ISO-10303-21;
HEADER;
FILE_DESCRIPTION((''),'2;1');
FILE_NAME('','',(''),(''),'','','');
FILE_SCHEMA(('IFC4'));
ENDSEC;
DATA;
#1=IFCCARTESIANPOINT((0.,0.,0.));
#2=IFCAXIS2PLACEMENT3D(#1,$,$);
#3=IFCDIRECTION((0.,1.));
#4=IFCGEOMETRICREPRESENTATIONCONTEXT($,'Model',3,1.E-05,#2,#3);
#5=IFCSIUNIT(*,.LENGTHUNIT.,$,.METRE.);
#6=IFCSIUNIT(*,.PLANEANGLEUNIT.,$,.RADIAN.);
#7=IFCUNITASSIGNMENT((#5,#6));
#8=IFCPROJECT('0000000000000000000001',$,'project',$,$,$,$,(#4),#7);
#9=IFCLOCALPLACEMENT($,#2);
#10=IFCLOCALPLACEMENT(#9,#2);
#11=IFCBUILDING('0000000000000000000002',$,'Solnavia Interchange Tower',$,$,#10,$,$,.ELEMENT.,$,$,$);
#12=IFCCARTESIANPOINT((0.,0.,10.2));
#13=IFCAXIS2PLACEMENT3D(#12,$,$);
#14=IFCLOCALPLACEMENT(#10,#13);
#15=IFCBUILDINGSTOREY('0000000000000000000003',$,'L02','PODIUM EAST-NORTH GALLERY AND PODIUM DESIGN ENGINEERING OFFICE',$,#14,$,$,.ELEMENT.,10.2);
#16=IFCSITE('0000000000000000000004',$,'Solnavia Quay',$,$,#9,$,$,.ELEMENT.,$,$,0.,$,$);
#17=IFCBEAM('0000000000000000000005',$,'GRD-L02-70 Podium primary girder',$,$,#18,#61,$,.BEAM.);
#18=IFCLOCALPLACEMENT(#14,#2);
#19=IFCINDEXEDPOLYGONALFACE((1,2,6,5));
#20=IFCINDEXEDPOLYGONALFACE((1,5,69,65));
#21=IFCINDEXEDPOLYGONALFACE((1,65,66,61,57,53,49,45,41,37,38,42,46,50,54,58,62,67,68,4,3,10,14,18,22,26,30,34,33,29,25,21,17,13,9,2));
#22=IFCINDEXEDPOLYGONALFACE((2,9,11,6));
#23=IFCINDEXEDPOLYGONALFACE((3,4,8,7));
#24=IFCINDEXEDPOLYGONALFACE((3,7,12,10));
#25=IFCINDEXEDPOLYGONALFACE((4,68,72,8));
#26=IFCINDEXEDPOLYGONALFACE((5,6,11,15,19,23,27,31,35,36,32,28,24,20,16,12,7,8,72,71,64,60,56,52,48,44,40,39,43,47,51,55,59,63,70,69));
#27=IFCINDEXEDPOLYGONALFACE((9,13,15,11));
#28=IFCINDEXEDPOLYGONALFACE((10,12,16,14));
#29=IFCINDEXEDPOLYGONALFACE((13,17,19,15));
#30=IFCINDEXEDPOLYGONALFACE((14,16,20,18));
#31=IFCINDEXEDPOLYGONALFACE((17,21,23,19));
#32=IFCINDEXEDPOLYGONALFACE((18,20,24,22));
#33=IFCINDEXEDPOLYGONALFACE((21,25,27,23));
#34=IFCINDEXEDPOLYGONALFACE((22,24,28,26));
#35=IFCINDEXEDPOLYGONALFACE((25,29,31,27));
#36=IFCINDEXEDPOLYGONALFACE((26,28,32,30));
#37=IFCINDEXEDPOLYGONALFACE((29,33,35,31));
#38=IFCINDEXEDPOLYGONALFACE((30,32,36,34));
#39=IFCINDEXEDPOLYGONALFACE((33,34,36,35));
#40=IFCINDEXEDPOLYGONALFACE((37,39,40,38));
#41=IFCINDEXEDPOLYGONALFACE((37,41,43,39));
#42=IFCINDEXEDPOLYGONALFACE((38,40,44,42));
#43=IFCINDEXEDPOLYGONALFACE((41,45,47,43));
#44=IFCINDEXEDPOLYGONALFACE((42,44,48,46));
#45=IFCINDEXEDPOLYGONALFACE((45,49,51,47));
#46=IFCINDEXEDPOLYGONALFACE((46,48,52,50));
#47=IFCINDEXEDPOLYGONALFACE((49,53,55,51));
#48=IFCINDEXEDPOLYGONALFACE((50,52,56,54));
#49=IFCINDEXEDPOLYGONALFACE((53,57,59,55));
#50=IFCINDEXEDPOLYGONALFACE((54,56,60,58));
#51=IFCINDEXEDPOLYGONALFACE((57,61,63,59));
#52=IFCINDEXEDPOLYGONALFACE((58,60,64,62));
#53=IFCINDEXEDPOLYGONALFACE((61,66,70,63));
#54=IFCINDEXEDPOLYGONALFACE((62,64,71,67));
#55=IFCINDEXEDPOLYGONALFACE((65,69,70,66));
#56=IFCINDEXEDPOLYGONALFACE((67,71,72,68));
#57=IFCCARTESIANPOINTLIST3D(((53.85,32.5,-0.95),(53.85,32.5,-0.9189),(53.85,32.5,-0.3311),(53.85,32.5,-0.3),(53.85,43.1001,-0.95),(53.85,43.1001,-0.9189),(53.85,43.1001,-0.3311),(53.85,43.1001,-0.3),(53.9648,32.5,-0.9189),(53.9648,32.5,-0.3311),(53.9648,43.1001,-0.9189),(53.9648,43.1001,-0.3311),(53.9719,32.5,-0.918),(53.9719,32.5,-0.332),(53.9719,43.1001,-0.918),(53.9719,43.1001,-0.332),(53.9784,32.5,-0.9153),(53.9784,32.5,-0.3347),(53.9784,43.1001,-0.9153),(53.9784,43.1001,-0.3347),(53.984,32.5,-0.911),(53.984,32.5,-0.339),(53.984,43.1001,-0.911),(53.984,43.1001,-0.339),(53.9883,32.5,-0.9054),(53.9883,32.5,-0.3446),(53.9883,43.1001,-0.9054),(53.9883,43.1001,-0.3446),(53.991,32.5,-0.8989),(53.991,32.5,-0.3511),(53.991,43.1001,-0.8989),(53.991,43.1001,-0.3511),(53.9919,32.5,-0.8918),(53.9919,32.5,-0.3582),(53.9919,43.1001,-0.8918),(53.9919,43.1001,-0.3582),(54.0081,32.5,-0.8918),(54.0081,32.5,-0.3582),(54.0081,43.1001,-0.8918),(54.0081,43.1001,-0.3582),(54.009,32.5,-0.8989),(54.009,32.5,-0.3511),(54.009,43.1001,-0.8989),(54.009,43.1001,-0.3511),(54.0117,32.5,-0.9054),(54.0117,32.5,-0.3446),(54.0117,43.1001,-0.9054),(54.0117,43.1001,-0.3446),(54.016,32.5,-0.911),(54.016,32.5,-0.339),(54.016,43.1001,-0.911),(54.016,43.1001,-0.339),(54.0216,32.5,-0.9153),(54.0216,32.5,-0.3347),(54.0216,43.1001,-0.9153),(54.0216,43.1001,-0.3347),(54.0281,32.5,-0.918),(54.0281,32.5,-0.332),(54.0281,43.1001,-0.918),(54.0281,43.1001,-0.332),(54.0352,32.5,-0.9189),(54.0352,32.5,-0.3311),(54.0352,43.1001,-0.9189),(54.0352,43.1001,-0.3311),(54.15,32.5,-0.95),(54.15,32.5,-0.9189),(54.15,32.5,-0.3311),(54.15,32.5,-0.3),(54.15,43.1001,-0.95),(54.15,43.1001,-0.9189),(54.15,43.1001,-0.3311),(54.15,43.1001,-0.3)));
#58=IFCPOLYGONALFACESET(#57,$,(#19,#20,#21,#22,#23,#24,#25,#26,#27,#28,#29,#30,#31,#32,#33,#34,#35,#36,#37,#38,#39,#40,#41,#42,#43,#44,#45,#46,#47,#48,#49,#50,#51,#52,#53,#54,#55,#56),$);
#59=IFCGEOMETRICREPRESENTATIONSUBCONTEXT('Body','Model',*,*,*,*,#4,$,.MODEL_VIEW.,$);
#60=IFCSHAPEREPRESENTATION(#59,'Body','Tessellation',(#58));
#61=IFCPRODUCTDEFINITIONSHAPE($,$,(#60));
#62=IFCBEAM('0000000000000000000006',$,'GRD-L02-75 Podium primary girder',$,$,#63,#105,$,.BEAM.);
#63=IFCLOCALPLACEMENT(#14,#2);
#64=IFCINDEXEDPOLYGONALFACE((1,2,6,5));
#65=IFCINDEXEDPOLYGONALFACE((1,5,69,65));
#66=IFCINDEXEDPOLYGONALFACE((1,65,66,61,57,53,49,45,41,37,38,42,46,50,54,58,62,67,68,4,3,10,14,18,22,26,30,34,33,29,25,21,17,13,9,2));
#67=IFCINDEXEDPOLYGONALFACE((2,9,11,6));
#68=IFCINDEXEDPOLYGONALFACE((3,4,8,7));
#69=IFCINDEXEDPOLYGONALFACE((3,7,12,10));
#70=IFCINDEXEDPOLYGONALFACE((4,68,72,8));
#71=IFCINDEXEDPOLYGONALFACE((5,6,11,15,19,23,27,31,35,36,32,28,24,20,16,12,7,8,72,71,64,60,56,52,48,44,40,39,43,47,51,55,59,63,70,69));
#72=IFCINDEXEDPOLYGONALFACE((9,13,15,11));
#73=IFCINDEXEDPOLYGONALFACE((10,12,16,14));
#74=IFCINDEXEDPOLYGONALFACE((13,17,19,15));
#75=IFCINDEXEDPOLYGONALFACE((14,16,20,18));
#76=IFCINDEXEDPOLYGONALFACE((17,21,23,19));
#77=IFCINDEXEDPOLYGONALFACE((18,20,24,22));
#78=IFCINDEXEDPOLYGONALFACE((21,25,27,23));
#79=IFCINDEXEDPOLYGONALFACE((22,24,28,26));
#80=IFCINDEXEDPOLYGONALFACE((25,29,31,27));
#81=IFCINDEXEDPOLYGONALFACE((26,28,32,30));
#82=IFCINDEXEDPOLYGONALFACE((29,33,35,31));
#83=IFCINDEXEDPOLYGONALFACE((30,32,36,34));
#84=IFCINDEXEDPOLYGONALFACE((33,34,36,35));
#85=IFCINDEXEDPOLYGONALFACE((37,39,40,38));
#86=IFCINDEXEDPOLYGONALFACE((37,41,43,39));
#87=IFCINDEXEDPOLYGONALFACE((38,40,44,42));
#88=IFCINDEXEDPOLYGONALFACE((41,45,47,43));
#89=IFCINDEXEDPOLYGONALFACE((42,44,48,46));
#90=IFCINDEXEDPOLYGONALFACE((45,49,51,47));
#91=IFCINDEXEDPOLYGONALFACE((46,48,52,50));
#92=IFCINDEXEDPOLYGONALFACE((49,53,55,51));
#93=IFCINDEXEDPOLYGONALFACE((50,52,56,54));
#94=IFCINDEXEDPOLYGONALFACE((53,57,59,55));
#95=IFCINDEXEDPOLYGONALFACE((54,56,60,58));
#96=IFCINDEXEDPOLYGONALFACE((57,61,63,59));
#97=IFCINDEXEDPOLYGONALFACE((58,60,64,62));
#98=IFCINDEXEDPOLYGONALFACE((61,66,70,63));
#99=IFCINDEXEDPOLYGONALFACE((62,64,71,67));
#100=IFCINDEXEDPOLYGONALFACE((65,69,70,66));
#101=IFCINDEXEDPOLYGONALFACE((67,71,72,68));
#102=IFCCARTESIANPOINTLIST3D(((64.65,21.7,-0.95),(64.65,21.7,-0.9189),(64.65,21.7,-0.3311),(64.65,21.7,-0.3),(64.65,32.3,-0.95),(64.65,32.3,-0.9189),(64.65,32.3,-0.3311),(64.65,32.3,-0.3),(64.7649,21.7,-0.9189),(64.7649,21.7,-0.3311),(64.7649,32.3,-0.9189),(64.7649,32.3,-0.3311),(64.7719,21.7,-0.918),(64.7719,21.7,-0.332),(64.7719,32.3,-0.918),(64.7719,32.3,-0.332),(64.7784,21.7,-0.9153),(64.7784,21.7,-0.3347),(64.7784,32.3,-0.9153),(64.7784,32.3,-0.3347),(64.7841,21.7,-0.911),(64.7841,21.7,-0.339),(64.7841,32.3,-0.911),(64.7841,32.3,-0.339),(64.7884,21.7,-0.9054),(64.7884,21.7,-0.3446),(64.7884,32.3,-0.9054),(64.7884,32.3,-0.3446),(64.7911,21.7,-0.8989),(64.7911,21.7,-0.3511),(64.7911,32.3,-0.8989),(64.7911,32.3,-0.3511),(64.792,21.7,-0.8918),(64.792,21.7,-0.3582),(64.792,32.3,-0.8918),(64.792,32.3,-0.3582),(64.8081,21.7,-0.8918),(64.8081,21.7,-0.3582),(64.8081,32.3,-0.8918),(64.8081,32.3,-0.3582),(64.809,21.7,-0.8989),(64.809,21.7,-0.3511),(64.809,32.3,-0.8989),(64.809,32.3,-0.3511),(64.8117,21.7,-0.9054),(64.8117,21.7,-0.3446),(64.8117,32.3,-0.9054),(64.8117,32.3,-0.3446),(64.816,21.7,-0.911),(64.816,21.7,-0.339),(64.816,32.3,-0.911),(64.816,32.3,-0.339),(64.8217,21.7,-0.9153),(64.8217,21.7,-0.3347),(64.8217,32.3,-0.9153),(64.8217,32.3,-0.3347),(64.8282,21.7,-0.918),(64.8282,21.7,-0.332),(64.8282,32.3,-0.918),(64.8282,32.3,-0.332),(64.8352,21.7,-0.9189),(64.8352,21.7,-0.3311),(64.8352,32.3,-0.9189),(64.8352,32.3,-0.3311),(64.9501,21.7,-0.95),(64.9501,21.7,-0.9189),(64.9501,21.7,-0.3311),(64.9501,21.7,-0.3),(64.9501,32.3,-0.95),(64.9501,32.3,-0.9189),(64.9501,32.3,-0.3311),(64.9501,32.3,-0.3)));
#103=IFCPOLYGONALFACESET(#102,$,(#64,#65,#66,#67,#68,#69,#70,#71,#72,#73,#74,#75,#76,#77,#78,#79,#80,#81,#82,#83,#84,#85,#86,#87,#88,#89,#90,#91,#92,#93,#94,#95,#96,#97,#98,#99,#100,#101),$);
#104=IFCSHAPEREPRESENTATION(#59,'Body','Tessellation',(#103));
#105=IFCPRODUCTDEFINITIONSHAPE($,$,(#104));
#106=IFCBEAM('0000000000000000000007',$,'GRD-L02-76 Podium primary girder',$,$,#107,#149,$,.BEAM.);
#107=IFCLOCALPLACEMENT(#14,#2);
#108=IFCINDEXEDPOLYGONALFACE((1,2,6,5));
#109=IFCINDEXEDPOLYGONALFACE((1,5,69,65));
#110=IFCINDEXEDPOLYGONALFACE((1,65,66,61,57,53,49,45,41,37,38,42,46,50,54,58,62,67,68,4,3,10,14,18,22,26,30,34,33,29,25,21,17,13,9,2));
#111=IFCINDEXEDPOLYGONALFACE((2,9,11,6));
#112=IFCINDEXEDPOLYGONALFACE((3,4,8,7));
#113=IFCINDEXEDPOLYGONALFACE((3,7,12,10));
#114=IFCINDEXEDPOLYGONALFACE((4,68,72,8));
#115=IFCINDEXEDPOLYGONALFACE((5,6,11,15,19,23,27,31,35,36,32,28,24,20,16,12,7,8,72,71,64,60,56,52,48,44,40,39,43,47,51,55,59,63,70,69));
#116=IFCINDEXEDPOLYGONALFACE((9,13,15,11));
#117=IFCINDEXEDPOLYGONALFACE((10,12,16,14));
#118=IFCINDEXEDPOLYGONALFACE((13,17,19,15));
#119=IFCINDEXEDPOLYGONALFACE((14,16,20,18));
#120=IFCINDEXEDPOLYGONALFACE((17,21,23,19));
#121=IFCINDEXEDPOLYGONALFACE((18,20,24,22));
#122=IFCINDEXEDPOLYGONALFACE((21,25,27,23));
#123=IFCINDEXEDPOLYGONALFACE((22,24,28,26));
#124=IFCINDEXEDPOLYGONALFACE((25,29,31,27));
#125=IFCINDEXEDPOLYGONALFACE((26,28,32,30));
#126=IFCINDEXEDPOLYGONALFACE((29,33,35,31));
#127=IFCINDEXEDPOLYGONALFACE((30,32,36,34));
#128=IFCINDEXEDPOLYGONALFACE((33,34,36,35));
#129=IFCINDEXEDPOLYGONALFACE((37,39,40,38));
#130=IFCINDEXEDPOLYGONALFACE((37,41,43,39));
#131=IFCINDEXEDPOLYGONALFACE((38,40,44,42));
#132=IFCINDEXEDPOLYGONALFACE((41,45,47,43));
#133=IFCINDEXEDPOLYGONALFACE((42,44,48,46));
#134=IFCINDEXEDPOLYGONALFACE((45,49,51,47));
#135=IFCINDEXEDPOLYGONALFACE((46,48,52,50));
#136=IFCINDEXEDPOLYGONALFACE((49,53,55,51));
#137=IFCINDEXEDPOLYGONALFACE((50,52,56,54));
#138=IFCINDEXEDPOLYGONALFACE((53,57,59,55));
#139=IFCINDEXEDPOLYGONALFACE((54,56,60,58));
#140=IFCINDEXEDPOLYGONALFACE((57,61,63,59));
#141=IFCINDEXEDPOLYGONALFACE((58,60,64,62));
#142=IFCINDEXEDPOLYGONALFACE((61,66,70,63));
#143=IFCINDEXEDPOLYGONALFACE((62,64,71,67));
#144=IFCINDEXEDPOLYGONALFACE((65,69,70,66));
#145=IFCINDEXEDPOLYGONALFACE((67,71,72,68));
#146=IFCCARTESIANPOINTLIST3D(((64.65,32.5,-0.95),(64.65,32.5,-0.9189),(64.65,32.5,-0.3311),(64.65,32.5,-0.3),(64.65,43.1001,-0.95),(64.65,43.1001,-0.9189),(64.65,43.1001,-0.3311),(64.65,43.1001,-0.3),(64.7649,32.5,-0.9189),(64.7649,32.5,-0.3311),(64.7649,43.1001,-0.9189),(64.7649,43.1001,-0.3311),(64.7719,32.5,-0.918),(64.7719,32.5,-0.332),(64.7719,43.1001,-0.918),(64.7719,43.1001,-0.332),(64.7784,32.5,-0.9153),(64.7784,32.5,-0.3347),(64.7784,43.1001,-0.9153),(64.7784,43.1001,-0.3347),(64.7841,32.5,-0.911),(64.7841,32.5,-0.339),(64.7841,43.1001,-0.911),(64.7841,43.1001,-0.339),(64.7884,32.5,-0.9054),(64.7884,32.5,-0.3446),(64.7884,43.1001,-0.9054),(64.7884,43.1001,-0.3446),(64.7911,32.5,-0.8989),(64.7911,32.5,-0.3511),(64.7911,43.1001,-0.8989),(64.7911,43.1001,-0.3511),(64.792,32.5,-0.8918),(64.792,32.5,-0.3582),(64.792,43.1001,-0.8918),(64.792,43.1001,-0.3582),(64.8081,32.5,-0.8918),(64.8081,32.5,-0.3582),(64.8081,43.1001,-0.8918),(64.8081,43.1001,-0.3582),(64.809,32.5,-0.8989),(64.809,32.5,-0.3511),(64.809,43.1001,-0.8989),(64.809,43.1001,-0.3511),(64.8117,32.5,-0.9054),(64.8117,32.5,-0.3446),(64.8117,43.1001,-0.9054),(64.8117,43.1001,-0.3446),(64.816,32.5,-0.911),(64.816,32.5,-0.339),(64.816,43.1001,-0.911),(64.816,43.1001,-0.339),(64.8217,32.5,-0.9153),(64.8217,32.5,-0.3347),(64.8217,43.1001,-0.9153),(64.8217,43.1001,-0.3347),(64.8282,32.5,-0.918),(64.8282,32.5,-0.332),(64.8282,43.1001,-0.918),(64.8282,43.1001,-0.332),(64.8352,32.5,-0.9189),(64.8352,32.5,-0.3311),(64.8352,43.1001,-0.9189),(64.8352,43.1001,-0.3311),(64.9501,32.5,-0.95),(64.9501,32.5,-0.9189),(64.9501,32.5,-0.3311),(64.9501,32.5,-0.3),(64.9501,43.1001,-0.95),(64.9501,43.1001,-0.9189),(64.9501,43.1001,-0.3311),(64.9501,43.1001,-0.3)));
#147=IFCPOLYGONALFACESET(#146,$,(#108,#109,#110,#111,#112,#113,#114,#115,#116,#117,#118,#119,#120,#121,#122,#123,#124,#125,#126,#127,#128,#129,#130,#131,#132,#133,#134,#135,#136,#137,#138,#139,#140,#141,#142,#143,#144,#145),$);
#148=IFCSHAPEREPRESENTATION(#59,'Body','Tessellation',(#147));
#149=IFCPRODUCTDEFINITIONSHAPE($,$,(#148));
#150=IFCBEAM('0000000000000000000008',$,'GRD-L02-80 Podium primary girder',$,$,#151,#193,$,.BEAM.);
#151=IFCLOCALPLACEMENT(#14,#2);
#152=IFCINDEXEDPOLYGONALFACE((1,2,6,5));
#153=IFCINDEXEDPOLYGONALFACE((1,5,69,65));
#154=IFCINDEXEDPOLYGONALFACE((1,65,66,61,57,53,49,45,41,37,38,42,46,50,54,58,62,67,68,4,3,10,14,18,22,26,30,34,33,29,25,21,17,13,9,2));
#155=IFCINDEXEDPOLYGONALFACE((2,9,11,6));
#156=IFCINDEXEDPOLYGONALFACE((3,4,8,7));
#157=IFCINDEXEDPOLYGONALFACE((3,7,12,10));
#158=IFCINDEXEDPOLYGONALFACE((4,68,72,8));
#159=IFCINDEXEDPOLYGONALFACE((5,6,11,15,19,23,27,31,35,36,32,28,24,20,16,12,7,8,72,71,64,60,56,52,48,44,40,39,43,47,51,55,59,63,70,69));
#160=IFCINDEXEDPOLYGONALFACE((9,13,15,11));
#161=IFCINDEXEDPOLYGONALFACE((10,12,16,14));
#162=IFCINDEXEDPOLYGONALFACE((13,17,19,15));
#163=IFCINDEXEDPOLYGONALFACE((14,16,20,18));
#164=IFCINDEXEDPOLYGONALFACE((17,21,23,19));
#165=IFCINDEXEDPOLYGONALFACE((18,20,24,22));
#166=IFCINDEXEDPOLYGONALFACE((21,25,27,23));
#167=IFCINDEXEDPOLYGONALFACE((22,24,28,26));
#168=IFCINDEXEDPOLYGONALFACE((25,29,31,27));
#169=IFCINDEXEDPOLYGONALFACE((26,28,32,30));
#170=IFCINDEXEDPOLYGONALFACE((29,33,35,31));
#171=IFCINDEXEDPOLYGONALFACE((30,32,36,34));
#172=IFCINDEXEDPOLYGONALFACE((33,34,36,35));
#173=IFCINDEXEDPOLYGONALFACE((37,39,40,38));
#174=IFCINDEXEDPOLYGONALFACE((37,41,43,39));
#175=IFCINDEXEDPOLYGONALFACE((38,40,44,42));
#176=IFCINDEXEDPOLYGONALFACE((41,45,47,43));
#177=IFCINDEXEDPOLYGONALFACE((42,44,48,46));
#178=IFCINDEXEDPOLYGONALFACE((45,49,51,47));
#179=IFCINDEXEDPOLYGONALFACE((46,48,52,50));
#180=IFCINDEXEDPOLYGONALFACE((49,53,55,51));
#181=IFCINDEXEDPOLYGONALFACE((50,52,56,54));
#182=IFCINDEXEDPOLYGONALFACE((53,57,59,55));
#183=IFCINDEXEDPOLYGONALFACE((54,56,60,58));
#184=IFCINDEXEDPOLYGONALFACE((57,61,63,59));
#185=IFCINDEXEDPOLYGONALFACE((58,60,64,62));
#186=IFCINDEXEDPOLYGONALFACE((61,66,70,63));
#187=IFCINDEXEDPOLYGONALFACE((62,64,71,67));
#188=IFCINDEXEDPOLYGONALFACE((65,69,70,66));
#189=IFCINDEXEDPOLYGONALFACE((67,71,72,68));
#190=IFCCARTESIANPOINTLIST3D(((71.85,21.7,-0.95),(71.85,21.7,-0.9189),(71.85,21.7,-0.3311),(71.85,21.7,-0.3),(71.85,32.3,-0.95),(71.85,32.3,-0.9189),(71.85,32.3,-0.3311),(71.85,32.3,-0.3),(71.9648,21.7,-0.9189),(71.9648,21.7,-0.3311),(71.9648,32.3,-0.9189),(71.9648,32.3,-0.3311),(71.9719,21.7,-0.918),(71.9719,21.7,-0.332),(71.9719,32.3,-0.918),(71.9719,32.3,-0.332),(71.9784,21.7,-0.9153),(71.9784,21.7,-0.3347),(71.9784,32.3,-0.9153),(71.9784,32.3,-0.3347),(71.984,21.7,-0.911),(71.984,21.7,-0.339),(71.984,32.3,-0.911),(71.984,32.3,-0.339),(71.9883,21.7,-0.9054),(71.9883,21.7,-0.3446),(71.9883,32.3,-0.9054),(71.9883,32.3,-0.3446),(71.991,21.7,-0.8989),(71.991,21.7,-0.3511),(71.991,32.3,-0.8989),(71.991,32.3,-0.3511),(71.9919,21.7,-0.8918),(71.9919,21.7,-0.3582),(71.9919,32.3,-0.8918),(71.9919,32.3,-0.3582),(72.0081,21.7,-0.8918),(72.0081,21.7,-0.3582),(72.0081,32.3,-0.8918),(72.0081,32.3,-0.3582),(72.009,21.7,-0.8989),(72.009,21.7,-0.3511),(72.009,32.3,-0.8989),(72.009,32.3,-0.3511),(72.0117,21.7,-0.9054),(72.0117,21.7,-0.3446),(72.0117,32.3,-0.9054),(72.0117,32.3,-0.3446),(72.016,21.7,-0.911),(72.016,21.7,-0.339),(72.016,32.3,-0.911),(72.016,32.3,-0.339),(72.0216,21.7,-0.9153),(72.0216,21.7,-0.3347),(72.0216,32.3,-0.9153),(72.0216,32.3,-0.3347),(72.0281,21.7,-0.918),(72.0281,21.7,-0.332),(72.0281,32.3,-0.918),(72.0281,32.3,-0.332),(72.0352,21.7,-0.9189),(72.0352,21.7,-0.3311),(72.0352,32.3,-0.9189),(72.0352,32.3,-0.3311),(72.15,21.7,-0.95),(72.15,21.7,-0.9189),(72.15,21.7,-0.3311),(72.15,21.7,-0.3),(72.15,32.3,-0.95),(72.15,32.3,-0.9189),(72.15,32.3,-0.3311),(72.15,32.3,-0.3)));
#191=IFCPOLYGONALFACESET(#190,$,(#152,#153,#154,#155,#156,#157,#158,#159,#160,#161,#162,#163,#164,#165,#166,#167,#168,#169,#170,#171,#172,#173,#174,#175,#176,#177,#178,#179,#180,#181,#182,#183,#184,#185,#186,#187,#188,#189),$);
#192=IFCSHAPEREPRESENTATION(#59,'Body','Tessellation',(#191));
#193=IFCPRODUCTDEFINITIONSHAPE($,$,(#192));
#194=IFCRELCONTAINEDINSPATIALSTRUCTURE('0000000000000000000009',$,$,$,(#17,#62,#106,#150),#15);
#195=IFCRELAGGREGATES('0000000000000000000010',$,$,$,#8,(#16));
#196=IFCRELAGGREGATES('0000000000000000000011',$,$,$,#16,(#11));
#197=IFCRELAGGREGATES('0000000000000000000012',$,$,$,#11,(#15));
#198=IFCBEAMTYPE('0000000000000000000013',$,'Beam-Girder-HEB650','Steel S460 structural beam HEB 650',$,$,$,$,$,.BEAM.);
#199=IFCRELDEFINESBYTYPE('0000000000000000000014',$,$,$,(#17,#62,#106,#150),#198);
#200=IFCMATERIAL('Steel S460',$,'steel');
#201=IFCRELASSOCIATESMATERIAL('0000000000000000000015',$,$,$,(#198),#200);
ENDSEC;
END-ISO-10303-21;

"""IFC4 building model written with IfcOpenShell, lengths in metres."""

from ifc_helpers import new_model, si_unit, direction, frame, origin, origin_2d, place, context, subcontext, project, spatial, i_section, extrude, material, material_profile, profile_set, type_object, element, save


model = new_model("IFC4")

# Units and contexts
model_context = context("Model", 3, precision=1e-05, world=origin(), true_north=direction((0.0, 1.0)))
body_context = subcontext(model_context, "Body", "Model", "MODEL_VIEW")
ifc_project = project(units=[si_unit("LENGTHUNIT", "METRE"), si_unit("PLANEANGLEUNIT", "RADIAN")], contexts=[model_context])

# Site, building, storey
site_placement = place(None, origin())
site = spatial("IfcSite", under=ifc_project, at=site_placement, Name="Solnavia Quay", CompositionType="ELEMENT", RefElevation=0.0)
building_placement = place(site_placement, origin())
building = spatial("IfcBuilding", under=site, at=building_placement, Name="Solnavia Interchange Tower", CompositionType="ELEMENT")
storey_placement = place(building_placement, frame((0.0, 0.0, 10.2)))
storey = spatial("IfcBuildingStorey", under=building, at=storey_placement, Name="L02", Description="PODIUM EAST-NORTH GALLERY AND PODIUM DESIGN ENGINEERING OFFICE", CompositionType="ELEMENT", Elevation=10.2)

# Beams
ifc_material_1 = material(Name="Steel S460", Category="steel")
ifc_material_profile_1 = material_profile(ifc_material_1, i_section(OverallWidth=0.3, OverallDepth=0.6499, WebThickness=0.0161, FlangeThickness=0.031, FilletRadius=0.0271, at=origin_2d()), Name="HEB 650")
ifc_profile_set_1 = profile_set([ifc_material_profile_1], Name="Steel S460")
beam_type_1 = type_object("IfcBeamType", Name="Beam-Girder-HEB650", Description="Steel S460 structural beam HEB 650", PredefinedType="BEAM", material=ifc_profile_set_1)
for number, where, z_axis, x_axis, name in (
    (1, (54.0, 32.5, -0.625), (0.0, 1.0, 0.0), (-1.0, 0.0, 0.0), "GRD-L02-70 Podium primary girder"),
    (2, (64.8, 21.7, -0.625), (0.0, 1.0, 0.0), (-1.0, 0.0, 0.0), "GRD-L02-75 Podium primary girder"),
    (3, (64.8, 32.5, -0.625), (0.0, 1.0, 0.0), (-1.0, 0.0, 0.0), "GRD-L02-76 Podium primary girder"),
    (4, (72.0, 21.7, -0.625), (0.0, 1.0, 0.0), (-1.0, 0.0, 0.0), "GRD-L02-80 Podium primary girder"),
):
    element("IfcBeam", number, at=place(storey_placement, frame(where, z_axis=z_axis, x_axis=x_axis)), inside=storey, type_object=beam_type_1, Name=name, PredefinedType="BEAM", context=body_context, shape_type="SweptSolid", body=[
        extrude(i_section(OverallWidth=0.3, OverallDepth=0.6499, WebThickness=0.0161, FlangeThickness=0.031, FilletRadius=0.0271, at=origin_2d()), origin(), (0.0, 0.0, 1.0), 10.6001),
    ])

save(model, "model.ifc")
